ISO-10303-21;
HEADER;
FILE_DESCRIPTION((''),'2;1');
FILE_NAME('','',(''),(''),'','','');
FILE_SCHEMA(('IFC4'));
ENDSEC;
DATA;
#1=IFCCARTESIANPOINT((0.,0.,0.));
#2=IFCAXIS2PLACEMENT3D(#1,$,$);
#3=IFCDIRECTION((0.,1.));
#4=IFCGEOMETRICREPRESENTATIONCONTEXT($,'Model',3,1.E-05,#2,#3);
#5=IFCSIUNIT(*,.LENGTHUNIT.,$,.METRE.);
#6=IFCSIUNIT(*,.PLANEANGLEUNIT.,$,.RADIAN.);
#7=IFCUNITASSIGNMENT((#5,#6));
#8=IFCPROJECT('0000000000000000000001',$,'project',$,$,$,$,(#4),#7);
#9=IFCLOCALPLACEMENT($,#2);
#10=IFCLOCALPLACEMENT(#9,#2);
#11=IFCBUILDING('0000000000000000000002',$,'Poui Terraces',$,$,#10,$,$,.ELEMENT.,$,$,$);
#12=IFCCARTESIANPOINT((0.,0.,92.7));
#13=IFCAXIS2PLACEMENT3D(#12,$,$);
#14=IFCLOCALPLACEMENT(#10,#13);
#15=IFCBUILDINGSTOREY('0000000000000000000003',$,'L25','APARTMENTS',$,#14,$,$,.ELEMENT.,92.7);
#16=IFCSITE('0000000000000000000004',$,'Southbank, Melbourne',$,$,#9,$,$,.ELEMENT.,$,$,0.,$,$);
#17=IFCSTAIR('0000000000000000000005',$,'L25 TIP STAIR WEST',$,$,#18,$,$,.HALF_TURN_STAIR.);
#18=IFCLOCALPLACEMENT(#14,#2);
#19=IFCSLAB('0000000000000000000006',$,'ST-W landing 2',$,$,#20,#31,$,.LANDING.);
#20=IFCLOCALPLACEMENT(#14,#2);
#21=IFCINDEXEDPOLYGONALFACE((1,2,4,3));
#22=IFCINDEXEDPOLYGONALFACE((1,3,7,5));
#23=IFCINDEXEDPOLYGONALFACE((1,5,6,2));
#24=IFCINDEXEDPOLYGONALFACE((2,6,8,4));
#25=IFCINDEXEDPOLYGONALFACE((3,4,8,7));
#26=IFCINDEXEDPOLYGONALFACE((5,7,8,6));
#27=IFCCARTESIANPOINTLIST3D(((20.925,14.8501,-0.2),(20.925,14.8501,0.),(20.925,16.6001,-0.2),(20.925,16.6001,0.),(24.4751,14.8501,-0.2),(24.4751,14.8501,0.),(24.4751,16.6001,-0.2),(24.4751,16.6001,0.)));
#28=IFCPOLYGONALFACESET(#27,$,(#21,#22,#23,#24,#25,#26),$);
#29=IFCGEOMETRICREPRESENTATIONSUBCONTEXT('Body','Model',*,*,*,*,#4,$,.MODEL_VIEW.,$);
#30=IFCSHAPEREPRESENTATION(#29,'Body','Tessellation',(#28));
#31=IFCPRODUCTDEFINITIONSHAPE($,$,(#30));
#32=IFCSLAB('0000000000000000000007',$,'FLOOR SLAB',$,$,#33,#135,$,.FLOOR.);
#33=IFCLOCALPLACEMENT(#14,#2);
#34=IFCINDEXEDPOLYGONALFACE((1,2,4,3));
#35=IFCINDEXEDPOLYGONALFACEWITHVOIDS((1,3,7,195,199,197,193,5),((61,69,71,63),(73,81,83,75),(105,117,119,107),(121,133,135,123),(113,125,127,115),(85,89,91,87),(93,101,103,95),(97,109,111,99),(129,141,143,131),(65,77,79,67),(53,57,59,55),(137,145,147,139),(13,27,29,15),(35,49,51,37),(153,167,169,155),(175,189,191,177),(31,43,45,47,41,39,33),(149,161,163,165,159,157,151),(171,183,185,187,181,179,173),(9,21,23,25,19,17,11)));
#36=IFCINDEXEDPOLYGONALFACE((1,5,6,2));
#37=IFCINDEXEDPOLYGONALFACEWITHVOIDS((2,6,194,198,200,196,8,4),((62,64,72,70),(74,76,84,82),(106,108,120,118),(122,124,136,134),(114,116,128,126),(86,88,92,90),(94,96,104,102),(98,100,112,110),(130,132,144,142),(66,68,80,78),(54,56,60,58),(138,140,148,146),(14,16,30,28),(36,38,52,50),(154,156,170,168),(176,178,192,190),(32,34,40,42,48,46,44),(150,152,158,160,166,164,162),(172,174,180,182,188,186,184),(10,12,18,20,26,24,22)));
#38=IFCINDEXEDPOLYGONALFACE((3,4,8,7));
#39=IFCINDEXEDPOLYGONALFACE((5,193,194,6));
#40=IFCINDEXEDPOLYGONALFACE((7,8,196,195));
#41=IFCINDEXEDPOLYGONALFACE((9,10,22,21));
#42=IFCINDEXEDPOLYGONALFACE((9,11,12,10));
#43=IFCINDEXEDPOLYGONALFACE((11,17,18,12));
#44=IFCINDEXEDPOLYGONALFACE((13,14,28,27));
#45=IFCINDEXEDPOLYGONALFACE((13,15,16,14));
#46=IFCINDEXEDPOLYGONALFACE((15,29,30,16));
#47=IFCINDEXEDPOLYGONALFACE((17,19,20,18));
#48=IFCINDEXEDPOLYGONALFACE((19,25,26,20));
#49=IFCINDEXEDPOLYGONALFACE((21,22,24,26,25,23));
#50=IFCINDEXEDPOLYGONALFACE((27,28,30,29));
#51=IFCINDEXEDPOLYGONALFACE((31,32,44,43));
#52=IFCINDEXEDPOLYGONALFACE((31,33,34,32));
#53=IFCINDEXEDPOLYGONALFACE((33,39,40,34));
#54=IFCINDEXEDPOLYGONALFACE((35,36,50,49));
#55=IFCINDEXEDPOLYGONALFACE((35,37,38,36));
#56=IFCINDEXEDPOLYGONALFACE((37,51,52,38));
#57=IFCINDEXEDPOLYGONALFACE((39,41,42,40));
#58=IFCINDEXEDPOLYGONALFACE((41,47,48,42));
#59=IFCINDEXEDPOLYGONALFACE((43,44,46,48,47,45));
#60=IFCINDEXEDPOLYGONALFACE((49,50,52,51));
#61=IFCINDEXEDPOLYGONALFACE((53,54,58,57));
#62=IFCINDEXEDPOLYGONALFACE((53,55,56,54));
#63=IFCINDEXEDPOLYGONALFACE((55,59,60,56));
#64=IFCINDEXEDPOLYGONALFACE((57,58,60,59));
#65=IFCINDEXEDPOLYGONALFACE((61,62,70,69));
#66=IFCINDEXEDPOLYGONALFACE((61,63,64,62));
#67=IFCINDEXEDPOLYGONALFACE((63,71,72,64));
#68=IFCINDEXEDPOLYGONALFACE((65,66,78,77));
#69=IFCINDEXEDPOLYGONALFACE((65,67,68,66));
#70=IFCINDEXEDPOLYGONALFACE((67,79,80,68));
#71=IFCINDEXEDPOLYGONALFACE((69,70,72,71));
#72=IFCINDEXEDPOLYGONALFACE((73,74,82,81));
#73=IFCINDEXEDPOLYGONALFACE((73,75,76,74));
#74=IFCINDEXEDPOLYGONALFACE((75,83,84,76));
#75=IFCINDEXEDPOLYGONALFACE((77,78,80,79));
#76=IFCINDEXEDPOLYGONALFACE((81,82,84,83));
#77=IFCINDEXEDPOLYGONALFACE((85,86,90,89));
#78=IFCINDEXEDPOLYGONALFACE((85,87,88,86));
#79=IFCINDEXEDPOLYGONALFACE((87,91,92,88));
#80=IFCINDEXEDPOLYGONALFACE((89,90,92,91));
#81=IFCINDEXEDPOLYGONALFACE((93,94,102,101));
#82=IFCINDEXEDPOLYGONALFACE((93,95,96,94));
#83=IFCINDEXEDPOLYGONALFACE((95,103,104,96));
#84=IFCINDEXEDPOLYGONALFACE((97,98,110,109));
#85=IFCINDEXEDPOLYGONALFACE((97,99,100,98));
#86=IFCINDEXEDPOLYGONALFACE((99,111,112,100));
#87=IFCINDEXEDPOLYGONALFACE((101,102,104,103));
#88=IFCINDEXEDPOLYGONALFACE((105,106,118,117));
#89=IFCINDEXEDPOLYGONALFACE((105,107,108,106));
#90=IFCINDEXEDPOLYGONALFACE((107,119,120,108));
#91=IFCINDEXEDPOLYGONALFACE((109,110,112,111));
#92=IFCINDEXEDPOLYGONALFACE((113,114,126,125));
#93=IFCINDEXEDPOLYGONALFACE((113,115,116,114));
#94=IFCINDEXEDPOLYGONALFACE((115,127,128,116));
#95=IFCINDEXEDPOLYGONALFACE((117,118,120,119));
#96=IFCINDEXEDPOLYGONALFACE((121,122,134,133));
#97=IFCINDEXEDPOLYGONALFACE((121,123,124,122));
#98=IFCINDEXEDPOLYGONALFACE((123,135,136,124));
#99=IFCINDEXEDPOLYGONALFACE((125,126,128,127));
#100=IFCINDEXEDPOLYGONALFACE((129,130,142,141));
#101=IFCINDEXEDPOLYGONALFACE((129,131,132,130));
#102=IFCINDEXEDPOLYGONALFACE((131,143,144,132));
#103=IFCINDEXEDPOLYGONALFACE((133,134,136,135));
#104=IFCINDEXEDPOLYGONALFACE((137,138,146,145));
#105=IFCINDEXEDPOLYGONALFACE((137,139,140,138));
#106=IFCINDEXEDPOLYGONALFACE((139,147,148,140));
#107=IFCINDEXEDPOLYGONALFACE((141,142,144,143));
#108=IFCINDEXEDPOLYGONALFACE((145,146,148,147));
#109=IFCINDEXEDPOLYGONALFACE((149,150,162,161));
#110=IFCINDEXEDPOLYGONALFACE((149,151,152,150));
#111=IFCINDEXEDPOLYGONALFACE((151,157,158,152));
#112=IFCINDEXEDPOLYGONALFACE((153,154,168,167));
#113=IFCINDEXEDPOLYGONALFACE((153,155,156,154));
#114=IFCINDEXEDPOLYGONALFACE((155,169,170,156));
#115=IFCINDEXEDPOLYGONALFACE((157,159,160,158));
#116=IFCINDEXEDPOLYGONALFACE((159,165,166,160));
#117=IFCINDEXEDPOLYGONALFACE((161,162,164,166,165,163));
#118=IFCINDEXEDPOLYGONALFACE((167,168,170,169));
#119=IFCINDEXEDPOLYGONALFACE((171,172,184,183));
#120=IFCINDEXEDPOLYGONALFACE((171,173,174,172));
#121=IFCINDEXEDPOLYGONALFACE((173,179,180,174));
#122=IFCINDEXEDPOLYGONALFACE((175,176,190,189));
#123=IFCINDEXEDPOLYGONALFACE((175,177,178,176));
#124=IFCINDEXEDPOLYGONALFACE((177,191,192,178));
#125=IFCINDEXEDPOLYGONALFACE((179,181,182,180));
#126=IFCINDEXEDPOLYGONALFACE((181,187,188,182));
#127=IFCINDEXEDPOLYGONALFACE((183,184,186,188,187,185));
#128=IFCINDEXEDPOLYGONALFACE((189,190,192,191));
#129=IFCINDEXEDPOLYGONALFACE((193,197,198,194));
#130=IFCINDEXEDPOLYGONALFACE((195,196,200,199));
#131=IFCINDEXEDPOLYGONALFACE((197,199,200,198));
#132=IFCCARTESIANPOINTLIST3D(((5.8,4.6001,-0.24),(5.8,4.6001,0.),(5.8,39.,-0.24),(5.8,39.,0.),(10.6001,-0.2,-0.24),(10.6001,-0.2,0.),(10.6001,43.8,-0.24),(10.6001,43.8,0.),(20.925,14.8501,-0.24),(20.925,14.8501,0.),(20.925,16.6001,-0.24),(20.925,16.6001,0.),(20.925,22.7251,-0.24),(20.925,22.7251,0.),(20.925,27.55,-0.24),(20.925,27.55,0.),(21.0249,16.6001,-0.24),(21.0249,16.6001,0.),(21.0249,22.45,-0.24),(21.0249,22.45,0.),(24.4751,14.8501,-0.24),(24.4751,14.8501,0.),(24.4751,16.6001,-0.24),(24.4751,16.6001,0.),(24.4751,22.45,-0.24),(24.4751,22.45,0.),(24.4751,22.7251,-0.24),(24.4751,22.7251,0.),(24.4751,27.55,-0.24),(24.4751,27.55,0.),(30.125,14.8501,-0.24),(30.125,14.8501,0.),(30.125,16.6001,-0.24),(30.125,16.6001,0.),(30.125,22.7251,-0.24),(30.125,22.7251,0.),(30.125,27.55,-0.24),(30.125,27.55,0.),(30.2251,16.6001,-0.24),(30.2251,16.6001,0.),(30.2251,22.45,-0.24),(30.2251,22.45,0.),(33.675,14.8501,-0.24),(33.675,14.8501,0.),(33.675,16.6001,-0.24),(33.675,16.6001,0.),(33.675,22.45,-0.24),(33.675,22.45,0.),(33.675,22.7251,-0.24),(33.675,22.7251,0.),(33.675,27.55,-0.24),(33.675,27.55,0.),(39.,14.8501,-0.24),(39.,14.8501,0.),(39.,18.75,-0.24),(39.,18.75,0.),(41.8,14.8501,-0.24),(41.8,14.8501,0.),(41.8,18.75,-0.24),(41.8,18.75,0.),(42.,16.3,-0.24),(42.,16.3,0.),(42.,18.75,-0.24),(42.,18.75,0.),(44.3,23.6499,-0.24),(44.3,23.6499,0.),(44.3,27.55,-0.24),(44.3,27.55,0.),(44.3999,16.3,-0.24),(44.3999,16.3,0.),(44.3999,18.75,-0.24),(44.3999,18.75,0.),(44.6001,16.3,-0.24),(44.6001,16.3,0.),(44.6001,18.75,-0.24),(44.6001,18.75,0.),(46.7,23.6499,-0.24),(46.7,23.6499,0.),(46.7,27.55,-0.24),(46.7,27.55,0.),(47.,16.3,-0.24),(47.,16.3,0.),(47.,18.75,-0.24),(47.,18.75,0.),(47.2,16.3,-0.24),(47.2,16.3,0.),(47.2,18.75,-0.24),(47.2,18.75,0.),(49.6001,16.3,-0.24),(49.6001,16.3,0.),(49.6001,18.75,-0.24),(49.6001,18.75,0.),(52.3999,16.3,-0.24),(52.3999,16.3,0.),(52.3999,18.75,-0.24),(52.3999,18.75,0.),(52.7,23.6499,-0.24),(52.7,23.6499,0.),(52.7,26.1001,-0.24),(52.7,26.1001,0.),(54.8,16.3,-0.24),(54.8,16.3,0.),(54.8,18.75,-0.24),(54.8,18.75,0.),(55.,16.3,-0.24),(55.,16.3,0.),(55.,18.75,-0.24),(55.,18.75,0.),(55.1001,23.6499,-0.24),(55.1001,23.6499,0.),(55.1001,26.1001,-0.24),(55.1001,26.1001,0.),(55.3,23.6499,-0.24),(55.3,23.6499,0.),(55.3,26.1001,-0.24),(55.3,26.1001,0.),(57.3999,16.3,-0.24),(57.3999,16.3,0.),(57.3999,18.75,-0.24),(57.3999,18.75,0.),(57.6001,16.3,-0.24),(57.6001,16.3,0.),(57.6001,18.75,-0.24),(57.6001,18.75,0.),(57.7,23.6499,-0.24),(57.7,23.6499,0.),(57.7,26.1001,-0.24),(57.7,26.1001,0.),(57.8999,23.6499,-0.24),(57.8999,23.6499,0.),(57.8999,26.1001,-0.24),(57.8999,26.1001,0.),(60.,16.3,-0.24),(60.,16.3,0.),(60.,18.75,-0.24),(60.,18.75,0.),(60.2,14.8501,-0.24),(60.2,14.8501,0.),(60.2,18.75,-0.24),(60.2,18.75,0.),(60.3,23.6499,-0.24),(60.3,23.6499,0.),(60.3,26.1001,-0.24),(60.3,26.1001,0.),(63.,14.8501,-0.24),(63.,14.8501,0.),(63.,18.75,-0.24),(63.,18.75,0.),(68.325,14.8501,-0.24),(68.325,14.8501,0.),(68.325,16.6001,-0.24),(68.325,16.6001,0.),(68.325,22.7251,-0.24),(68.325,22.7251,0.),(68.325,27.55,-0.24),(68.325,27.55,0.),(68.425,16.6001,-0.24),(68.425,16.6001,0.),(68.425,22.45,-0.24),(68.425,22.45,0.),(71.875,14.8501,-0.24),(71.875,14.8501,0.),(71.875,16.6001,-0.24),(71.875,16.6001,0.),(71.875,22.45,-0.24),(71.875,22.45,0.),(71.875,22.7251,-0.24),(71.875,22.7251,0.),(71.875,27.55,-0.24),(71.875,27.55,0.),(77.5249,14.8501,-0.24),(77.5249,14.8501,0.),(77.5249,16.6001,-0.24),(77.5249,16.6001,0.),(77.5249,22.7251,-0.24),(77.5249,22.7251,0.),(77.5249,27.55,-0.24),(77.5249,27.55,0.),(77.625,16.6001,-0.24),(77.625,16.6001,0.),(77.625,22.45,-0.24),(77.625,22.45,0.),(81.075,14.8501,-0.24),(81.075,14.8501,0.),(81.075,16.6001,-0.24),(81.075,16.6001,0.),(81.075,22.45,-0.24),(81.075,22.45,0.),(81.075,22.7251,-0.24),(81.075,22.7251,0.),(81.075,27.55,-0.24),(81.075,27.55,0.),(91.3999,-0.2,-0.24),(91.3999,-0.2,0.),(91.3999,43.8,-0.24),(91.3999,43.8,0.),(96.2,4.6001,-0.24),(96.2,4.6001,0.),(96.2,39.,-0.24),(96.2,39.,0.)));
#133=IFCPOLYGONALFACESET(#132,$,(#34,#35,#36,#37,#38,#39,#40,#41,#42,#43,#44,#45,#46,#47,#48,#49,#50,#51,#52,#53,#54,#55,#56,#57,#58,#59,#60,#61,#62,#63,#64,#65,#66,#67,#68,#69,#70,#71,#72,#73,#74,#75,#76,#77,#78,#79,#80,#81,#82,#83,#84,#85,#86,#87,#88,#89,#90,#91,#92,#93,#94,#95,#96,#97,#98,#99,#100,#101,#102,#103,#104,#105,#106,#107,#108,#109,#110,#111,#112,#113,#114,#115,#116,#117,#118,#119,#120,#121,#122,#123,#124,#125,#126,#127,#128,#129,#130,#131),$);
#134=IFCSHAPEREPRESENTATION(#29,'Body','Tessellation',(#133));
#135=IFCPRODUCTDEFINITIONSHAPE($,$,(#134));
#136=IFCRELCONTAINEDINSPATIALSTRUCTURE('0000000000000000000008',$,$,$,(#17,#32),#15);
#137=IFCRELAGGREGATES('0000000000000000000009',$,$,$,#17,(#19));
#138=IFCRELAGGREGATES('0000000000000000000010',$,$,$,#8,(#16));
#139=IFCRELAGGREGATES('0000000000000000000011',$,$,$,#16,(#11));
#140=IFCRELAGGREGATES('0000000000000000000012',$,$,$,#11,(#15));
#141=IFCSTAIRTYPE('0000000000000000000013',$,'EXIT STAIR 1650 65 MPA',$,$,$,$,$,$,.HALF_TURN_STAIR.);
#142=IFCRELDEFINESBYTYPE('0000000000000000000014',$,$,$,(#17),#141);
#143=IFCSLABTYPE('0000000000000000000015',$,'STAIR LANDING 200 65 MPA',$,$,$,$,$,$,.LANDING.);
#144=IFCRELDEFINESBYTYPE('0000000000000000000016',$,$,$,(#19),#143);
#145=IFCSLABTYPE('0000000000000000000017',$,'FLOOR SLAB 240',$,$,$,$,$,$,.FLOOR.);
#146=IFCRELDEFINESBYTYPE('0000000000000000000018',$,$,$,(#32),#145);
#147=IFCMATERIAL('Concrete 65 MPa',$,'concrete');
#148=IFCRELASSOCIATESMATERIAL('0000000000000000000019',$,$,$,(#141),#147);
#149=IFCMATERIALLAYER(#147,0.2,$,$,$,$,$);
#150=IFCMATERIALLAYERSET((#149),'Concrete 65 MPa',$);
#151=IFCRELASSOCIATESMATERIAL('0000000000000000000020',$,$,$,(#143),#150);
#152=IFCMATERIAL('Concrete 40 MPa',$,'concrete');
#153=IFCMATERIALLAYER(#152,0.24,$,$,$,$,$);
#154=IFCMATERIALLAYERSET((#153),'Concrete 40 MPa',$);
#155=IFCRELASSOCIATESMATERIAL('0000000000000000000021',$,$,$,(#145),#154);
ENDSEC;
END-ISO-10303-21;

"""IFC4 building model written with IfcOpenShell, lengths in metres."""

from ifc_helpers import new_model, si_unit, direction, frame, origin, place, context, subcontext, project, spatial, polyline, outline, extrude, source, transform, mapped, material, layer, layer_set, type_object, element, aggregate, save


model = new_model("IFC4")

# Units and contexts
model_context = context("Model", 3, precision=1e-05, world=origin(), true_north=direction((0.0, 1.0)))
body_context = subcontext(model_context, "Body", "Model", "MODEL_VIEW")
ifc_project = project(units=[si_unit("LENGTHUNIT", "METRE"), si_unit("PLANEANGLEUNIT", "RADIAN")], contexts=[model_context])

# Site, building, storey
site_placement = place(None, origin())
site = spatial("IfcSite", under=ifc_project, at=site_placement, Name="Southbank, Melbourne", CompositionType="ELEMENT", RefElevation=0.0)
building_placement = place(site_placement, origin())
building = spatial("IfcBuilding", under=site, at=building_placement, Name="Poui Terraces", CompositionType="ELEMENT")
storey_placement = place(building_placement, frame((0.0, 0.0, 92.7)))
storey = spatial("IfcBuildingStorey", under=building, at=storey_placement, Name="L25", Description="APARTMENTS", CompositionType="ELEMENT", Elevation=92.7)

# Stair, slab
ifc_material_1 = material(Name="Concrete 65 MPa", Category="concrete")
stair_type = type_object("IfcStairType", Name="EXIT STAIR 1650 65 MPA", PredefinedType="HALF_TURN_STAIR", material=ifc_material_1)
stair_placement = place(storey_placement, origin())
stair = element("IfcStair", 1, at=stair_placement, inside=storey, type_object=stair_type, Name="L25 TIP STAIR WEST", PredefinedType="HALF_TURN_STAIR")
ifc_layer_1 = layer(ifc_material_1, 0.2)
ifc_layer_set_1 = layer_set([ifc_layer_1], Name="Concrete 65 MPa")
slab_type_1 = type_object("IfcSlabType", Name="STAIR LANDING 200 65 MPA", PredefinedType="LANDING", material=ifc_layer_set_1)
slab_1_placement = place(storey_placement, frame((0.0, 0.0, -0.2)))
slab_1 = element("IfcSlab", 2, at=slab_1_placement, type_object=slab_type_1, Name="ST-W landing 2", PredefinedType="LANDING", context=body_context, shape_type="SweptSolid", body=[
    extrude(outline(polyline([(20.925, 14.8501), (24.4751, 14.8501), (24.4751, 16.6001), (20.925, 16.6001), (20.925, 14.8501)])), origin(), (0.0, 0.0, 1.0), 0.2),
])
aggregate(stair, [slab_1])

# Slab
ifc_material_2 = material(Name="Concrete 40 MPa", Category="concrete")
ifc_layer_2 = layer(ifc_material_2, 0.24)
ifc_layer_set_2 = layer_set([ifc_layer_2], Name="Concrete 40 MPa")
slab_type_2 = type_object("IfcSlabType", Name="FLOOR SLAB 240", PredefinedType="FLOOR", material=ifc_layer_set_2)
shared_shape = source(origin(), body_context, "Body", "SweptSolid", [
    extrude(outline(polyline([(0.0, 0.0), (4.8, -4.8), (85.5999, -4.8), (90.3999, 0.0), (90.3999, 34.3999), (85.5999, 39.2), (4.8, 39.2), (0.0, 34.3999), (0.0, 0.0)]), holes=[polyline([(33.2, 10.25), (33.2, 14.1499), (36.0, 14.1499), (36.0, 10.25), (33.2, 10.25)]), polyline([(36.2, 11.7), (36.2, 14.1499), (38.5999, 14.1499), (38.5999, 11.7), (36.2, 11.7)]), polyline([(38.8, 11.7), (38.8, 14.1499), (41.2, 14.1499), (41.2, 11.7), (38.8, 11.7)]), polyline([(41.3999, 14.1499), (43.8, 14.1499), (43.8, 11.7), (41.3999, 11.7), (41.3999, 14.1499)]), polyline([(46.5999, 14.1499), (49.0, 14.1499), (49.0, 11.7), (46.5999, 11.7), (46.5999, 14.1499)]), polyline([(15.2249, 17.8499), (18.675, 17.8499), (18.675, 12.0), (18.675, 10.25), (15.125, 10.25), (15.125, 12.0), (15.2249, 12.0), (15.2249, 17.8499)]), polyline([(24.425, 17.8499), (27.875, 17.8499), (27.875, 12.0), (27.875, 10.25), (24.325, 10.25), (24.325, 12.0), (24.425, 12.0), (24.425, 17.8499)]), polyline([(15.125, 18.125), (15.125, 22.95), (18.675, 22.95), (18.675, 18.125), (15.125, 18.125)]), polyline([(24.325, 22.95), (27.875, 22.95), (27.875, 18.125), (24.325, 18.125), (24.325, 22.95)]), polyline([(38.5, 22.95), (40.8999, 22.95), (40.8999, 19.0498), (38.5, 19.0498), (38.5, 22.95)]), polyline([(54.3999, 10.25), (54.3999, 14.1499), (57.2, 14.1499), (57.2, 10.25), (54.3999, 10.25)]), polyline([(49.2, 11.7), (49.2, 14.1499), (51.5999, 14.1499), (51.5999, 11.7), (49.2, 11.7)]), polyline([(51.8, 11.7), (51.8, 14.1499), (54.2, 14.1499), (54.2, 11.7), (51.8, 11.7)]), polyline([(66.075, 17.8499), (66.075, 12.0), (66.075, 10.25), (62.5249, 10.25), (62.5249, 12.0), (62.625, 12.0), (62.625, 17.8499), (66.075, 17.8499)]), polyline([(75.2749, 17.8499), (75.2749, 12.0), (75.2749, 10.25), (71.7249, 10.25), (71.7249, 12.0), (71.825, 12.0), (71.825, 17.8499), (75.2749, 17.8499)]), polyline([(46.8999, 19.0498), (46.8999, 21.5), (49.3, 21.5), (49.3, 19.0498), (46.8999, 19.0498)]), polyline([(49.5, 19.0498), (49.5, 21.5), (51.8999, 21.5), (51.8999, 19.0498), (49.5, 19.0498)]), polyline([(52.0999, 19.0498), (52.0999, 21.5), (54.5, 21.5), (54.5, 19.0498), (52.0999, 19.0498)]), polyline([(62.5249, 22.95), (66.075, 22.95), (66.075, 18.125), (62.5249, 18.125), (62.5249, 22.95)]), polyline([(71.7249, 22.95), (75.2749, 22.95), (75.2749, 18.125), (71.7249, 18.125), (71.7249, 22.95)])]), origin(), (0.0, 0.0, 1.0), 0.24),
])
slab_2_placement = place(storey_placement, frame((5.8, 4.6001, -0.24)))
element("IfcSlab", 3, at=slab_2_placement, inside=storey, type_object=slab_type_2, Name="FLOOR SLAB", PredefinedType="FLOOR", context=body_context, shape_type="MappedRepresentation", body=[
    mapped(shared_shape, transform((0.0, 0.0, 0.0))),
])

save(model, "model.ifc")
